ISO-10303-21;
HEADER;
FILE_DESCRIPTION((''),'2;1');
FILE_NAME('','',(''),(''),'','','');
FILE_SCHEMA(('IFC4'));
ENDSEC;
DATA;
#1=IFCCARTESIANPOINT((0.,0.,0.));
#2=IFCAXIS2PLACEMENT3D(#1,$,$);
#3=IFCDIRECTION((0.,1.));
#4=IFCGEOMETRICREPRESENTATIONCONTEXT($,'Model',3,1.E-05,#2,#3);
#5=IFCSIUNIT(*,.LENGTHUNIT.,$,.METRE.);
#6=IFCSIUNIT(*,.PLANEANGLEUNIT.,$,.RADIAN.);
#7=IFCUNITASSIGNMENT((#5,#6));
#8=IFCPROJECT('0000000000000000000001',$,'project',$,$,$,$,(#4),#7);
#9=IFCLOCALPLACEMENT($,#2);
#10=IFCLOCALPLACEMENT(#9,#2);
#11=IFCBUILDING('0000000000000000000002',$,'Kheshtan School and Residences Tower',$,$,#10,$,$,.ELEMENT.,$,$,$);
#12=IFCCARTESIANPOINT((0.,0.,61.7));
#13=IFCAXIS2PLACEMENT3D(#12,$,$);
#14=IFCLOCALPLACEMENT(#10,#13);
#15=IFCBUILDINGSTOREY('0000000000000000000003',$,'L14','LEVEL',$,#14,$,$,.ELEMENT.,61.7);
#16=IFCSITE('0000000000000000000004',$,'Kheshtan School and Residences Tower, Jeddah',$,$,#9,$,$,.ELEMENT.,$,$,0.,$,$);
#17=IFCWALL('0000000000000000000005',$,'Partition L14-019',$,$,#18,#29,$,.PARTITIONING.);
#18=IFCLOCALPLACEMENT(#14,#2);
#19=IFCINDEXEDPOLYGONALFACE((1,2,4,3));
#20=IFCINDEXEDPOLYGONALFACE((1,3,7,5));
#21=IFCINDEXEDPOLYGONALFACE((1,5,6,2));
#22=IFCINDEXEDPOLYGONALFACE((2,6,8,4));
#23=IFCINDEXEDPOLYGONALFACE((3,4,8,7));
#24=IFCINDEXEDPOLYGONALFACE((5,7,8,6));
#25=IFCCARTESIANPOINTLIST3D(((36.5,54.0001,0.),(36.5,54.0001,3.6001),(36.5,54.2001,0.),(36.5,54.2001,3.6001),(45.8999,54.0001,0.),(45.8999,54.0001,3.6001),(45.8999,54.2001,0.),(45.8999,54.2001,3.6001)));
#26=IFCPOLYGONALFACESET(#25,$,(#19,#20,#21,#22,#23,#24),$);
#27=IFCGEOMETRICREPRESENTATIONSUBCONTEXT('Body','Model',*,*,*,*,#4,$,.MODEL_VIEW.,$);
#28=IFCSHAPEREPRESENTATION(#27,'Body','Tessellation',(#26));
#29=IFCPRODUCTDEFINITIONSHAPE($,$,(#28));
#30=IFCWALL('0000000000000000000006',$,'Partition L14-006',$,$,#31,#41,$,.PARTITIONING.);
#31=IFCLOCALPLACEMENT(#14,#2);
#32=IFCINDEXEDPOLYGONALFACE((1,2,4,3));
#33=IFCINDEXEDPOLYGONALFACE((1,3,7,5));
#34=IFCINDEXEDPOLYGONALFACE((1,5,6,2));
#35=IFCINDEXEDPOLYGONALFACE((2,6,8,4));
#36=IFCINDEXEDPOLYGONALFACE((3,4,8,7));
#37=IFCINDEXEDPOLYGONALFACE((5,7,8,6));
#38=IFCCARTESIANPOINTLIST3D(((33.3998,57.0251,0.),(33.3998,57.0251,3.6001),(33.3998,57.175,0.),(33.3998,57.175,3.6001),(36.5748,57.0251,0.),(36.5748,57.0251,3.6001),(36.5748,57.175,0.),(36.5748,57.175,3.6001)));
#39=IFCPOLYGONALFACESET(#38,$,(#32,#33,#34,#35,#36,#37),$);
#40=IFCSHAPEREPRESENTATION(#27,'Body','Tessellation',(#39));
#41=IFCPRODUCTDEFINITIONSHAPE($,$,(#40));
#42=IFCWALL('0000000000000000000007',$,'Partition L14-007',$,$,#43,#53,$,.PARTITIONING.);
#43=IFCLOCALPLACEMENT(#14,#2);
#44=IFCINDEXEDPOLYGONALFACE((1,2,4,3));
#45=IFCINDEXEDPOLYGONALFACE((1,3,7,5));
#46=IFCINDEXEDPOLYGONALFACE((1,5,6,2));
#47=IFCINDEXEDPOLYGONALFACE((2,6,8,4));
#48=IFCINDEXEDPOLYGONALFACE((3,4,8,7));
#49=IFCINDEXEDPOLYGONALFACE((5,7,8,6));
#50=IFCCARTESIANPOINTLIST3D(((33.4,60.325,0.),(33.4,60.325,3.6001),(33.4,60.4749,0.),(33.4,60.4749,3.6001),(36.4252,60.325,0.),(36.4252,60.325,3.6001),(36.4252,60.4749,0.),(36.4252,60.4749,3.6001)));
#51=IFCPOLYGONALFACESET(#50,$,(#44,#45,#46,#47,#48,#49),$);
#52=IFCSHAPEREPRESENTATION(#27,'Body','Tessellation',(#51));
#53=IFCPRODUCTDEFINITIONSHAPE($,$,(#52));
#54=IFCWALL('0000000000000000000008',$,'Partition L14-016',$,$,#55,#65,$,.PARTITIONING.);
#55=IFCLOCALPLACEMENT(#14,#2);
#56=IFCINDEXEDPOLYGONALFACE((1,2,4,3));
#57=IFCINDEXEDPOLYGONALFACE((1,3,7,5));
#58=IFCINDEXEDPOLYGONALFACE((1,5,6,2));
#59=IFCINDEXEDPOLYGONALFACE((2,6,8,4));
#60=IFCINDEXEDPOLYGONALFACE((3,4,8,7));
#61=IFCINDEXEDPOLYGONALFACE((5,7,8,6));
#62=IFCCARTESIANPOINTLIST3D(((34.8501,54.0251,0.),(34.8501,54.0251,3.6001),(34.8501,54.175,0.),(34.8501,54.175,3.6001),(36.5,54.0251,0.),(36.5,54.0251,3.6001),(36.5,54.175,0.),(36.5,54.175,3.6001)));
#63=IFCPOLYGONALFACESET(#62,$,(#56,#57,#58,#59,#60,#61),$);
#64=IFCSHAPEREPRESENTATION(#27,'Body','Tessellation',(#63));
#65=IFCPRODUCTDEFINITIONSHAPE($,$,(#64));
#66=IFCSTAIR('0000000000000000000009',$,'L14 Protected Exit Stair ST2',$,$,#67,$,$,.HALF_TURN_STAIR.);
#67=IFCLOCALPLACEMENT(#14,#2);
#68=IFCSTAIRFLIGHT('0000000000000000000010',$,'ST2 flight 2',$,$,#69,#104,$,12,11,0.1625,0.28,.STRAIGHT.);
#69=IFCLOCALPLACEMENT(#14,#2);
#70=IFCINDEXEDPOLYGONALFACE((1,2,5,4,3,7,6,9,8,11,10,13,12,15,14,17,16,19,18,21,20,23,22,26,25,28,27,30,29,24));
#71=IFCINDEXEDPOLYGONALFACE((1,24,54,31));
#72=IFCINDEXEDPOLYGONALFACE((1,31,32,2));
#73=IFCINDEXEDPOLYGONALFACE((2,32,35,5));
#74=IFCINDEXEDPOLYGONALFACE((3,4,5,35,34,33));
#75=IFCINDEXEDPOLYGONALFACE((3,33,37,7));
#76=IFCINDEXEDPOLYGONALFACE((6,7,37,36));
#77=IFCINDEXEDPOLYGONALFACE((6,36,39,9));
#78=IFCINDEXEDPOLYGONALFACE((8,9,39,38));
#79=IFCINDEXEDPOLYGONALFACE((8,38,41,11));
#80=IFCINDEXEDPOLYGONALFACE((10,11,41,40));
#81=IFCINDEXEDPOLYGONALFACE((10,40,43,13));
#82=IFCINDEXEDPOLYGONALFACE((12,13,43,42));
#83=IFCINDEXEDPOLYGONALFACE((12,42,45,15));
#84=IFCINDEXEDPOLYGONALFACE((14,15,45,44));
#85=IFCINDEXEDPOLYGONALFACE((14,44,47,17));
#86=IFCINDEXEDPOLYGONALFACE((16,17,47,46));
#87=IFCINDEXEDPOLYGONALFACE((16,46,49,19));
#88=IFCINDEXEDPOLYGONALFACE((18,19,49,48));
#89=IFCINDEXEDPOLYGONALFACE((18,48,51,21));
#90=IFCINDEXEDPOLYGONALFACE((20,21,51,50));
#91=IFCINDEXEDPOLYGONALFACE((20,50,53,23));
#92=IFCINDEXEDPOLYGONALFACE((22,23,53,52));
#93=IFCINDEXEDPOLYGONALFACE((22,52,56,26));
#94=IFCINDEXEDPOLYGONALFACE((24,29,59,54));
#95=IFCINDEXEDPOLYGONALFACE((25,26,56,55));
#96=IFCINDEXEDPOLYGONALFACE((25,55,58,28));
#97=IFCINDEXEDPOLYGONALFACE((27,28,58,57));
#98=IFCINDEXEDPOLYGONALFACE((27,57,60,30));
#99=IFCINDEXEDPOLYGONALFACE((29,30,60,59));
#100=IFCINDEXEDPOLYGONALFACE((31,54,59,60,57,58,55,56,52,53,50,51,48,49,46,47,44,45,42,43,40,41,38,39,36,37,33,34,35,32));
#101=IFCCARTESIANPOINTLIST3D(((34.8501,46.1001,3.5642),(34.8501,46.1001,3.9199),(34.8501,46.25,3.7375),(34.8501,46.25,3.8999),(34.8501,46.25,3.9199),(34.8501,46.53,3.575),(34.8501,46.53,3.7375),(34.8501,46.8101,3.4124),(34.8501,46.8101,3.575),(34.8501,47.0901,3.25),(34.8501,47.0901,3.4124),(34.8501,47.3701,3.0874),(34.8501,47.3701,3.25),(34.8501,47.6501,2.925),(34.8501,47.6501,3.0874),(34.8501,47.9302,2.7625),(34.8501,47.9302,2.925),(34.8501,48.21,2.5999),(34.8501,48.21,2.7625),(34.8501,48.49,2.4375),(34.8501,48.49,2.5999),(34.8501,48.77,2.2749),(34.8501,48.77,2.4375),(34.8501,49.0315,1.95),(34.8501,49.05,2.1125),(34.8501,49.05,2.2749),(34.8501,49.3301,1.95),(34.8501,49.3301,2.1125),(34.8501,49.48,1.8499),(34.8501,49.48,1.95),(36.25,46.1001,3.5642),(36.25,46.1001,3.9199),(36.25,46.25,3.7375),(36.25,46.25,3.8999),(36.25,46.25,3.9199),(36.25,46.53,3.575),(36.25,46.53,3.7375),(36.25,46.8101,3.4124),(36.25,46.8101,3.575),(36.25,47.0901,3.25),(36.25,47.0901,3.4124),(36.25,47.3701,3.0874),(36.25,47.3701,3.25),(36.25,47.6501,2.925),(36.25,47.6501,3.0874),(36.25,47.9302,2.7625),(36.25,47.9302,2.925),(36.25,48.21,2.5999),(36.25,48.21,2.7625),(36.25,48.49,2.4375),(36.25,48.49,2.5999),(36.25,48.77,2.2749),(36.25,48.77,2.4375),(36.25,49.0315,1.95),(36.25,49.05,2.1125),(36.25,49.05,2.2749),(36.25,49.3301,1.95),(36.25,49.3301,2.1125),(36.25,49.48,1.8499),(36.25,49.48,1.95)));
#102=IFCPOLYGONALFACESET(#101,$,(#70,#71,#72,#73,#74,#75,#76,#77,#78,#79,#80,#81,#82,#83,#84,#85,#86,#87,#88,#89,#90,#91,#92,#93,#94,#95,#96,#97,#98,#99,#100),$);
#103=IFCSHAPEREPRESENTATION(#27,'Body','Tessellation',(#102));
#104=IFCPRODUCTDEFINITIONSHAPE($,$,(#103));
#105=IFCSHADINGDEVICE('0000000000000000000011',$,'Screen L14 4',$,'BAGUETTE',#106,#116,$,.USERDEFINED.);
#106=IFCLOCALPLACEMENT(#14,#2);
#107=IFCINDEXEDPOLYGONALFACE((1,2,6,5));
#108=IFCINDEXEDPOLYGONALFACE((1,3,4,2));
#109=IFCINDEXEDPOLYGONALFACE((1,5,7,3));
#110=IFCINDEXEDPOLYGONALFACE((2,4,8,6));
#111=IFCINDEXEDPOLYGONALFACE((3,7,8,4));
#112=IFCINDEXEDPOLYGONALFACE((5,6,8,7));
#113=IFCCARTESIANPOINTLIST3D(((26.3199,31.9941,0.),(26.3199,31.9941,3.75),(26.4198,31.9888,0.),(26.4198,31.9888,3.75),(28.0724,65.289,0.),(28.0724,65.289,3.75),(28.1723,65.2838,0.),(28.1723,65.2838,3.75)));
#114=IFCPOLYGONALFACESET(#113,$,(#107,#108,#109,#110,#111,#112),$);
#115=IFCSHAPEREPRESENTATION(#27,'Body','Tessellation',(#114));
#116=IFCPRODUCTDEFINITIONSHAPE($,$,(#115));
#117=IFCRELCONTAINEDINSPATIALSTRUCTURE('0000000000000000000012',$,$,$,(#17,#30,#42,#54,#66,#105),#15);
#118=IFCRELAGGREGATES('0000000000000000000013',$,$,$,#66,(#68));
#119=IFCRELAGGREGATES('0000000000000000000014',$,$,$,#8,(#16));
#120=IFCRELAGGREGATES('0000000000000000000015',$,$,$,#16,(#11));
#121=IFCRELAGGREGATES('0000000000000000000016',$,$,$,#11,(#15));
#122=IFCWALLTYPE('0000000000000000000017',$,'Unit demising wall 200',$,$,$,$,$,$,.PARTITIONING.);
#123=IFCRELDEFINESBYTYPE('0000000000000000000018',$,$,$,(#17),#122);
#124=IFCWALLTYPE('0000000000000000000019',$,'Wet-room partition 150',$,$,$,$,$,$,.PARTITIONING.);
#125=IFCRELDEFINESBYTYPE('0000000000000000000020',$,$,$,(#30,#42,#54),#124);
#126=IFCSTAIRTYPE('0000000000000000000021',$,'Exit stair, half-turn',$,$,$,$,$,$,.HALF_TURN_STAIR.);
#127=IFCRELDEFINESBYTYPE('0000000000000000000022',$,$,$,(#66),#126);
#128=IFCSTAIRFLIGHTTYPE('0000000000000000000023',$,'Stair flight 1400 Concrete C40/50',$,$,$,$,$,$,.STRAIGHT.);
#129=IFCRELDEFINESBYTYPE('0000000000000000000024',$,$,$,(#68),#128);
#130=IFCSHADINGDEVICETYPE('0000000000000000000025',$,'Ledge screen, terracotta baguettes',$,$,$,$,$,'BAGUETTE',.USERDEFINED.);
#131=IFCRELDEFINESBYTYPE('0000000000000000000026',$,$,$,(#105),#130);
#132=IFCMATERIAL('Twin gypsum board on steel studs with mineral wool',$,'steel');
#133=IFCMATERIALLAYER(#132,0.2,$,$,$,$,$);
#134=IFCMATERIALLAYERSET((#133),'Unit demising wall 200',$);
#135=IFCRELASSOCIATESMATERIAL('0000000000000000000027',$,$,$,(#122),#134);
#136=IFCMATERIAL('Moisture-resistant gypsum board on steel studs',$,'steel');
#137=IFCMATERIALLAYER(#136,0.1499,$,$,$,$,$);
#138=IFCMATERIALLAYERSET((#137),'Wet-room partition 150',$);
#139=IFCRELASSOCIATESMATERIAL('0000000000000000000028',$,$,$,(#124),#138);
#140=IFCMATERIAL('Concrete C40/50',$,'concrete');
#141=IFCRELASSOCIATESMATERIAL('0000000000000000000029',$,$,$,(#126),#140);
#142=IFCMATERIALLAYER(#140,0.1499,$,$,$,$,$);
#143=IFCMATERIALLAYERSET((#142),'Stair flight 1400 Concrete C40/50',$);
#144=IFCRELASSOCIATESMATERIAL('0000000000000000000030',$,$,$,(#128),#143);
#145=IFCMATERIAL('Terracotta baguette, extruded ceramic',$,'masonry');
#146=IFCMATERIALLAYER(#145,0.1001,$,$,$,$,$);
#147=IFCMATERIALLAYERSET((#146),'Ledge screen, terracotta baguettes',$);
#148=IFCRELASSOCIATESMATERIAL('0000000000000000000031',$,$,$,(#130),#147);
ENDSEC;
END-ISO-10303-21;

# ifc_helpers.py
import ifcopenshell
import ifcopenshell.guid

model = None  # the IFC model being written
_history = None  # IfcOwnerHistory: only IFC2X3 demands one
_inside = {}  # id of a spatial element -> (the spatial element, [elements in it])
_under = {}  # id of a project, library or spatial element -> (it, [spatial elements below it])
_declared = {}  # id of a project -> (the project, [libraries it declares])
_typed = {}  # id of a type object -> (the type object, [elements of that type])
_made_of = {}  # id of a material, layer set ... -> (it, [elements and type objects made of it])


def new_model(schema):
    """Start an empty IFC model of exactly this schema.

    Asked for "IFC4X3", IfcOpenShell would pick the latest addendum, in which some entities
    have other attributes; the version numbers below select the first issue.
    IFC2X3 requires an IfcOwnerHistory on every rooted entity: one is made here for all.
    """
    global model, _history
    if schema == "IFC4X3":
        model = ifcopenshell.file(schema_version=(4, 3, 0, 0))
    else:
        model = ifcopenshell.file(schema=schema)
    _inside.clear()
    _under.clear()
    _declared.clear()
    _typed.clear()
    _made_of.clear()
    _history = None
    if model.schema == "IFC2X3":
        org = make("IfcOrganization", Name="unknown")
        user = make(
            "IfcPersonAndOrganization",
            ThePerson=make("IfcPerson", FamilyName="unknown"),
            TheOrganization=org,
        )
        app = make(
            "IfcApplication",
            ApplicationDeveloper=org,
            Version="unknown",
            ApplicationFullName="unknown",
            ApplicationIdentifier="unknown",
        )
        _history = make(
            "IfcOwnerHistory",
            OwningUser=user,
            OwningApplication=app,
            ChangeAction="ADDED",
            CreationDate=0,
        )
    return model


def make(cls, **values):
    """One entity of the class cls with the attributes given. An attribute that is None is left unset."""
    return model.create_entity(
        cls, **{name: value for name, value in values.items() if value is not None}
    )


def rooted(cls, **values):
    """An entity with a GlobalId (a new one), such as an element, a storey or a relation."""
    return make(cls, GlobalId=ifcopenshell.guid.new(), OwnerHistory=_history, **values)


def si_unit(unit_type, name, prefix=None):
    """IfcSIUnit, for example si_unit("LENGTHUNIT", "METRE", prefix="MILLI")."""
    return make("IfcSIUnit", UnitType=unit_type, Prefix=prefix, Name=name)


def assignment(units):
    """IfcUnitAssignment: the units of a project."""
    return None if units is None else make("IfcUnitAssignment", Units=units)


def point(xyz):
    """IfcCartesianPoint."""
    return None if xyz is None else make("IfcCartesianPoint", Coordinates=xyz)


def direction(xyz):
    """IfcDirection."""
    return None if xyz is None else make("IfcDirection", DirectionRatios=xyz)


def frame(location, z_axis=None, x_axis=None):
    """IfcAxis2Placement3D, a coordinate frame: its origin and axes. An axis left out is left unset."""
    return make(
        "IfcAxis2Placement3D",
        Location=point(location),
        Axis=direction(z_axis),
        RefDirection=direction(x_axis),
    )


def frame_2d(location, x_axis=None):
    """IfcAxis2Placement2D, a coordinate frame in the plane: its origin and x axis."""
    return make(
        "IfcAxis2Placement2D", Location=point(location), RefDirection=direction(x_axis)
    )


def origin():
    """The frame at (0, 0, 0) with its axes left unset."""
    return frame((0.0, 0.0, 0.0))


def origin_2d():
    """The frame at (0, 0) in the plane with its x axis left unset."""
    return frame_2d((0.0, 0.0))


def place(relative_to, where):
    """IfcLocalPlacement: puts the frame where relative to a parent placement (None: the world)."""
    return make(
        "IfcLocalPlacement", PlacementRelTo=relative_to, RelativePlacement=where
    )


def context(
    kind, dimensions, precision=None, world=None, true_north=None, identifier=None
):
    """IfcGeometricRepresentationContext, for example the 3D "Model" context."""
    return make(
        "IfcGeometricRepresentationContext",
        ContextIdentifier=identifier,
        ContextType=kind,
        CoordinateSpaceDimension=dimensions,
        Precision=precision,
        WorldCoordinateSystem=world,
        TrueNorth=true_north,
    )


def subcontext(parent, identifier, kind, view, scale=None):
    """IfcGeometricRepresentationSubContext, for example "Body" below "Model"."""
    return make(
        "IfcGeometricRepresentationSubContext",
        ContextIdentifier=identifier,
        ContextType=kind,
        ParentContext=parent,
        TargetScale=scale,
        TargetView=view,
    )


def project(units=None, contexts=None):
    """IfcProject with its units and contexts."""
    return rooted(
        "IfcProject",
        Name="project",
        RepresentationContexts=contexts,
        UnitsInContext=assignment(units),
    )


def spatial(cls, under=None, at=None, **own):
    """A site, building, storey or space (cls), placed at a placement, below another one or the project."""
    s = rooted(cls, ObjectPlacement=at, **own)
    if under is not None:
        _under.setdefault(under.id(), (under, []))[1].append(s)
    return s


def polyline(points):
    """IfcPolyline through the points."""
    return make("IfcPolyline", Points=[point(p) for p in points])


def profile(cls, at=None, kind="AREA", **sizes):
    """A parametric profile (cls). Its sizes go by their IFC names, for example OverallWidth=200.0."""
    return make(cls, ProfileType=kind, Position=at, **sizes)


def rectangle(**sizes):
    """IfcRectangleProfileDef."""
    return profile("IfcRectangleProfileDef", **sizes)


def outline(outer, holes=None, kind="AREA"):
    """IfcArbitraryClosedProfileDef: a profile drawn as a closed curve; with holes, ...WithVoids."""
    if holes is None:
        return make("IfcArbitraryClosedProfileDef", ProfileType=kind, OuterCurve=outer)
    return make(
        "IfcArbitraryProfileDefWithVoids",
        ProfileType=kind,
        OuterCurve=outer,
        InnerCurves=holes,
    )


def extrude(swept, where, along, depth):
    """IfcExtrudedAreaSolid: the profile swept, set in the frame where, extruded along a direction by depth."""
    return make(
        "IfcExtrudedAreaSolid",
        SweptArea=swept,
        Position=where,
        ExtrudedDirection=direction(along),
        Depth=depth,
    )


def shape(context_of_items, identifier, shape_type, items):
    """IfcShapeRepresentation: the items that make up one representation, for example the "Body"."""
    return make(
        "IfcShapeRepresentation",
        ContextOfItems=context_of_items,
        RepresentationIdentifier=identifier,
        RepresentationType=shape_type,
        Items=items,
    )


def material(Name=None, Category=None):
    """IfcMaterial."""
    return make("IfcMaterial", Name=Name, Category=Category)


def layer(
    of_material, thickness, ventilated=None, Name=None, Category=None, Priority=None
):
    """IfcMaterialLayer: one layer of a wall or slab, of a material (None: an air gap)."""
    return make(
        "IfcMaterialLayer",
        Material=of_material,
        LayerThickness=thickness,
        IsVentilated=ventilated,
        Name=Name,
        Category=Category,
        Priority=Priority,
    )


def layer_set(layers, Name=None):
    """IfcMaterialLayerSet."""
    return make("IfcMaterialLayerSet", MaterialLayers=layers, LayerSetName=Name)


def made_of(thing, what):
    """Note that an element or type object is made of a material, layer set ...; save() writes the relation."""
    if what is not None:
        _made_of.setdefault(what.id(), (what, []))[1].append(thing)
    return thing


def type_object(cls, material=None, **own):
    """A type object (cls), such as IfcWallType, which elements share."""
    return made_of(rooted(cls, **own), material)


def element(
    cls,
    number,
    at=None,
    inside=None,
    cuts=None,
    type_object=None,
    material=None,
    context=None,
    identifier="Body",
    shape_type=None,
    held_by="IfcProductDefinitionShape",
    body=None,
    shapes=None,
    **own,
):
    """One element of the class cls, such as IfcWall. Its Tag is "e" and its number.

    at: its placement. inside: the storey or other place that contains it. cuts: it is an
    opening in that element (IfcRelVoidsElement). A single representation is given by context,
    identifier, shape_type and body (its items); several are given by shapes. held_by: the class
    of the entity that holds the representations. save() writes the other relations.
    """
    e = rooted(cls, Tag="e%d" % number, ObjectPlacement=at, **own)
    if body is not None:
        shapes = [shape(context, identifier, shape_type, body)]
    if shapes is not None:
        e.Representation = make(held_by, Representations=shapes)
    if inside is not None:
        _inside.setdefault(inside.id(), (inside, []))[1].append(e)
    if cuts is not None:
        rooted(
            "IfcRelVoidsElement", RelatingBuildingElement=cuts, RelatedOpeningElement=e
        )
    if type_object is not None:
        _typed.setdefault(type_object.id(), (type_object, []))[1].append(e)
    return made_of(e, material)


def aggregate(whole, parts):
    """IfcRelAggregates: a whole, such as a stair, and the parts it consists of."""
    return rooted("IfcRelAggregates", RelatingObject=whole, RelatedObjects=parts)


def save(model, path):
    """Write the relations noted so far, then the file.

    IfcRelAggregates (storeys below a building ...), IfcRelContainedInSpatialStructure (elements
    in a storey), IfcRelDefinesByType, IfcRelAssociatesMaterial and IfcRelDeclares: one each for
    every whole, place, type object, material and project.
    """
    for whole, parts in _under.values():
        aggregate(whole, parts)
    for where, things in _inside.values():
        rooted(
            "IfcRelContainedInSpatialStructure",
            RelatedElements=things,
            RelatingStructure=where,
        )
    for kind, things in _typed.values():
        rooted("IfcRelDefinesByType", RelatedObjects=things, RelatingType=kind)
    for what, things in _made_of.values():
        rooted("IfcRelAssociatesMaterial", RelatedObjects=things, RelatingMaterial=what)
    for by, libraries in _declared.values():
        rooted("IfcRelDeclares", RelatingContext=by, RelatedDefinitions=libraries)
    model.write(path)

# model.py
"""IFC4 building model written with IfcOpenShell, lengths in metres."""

from ifc_helpers import new_model, si_unit, direction, frame, frame_2d, origin, origin_2d, place, context, subcontext, project, spatial, polyline, rectangle, outline, extrude, material, layer, layer_set, type_object, element, aggregate, save


model = new_model("IFC4")

# Units and contexts
model_context = context("Model", 3, precision=1e-05, world=origin(), true_north=direction((0.0, 1.0)))
body_context = subcontext(model_context, "Body", "Model", "MODEL_VIEW")
ifc_project = project(units=[si_unit("LENGTHUNIT", "METRE"), si_unit("PLANEANGLEUNIT", "RADIAN")], contexts=[model_context])

# Site, building, storey
site_placement = place(None, origin())
site = spatial("IfcSite", under=ifc_project, at=site_placement, Name="Kheshtan School and Residences Tower, Jeddah", CompositionType="ELEMENT", RefElevation=0.0)
building_placement = place(site_placement, origin())
building = spatial("IfcBuilding", under=site, at=building_placement, Name="Kheshtan School and Residences Tower", CompositionType="ELEMENT")
storey_placement = place(building_placement, frame((0.0, 0.0, 61.7)))
storey = spatial("IfcBuildingStorey", under=building, at=storey_placement, Name="L14", Description="LEVEL", CompositionType="ELEMENT", Elevation=61.7)

# Walls
ifc_material_1 = material(Name="Concrete C40/50", Category="concrete")
ifc_material_2 = material(Name="Twin gypsum board on steel studs with mineral wool", Category="steel")
ifc_layer_1 = layer(ifc_material_2, 0.2)
ifc_layer_set_1 = layer_set([ifc_layer_1], Name="Unit demising wall 200")
wall_type_1 = type_object("IfcWallType", Name="Unit demising wall 200", PredefinedType="PARTITIONING", material=ifc_layer_set_1)
wall_1_placement = place(storey_placement, frame((36.5, 54.1001, 0.0), z_axis=(0.0, 0.0, 1.0), x_axis=(1.0, 0.0, 0.0)))
element("IfcWall", 1, at=wall_1_placement, inside=storey, type_object=wall_type_1, Name="Partition L14-019", PredefinedType="PARTITIONING", context=body_context, shape_type="SweptSolid", body=[
    extrude(rectangle(XDim=9.3999, YDim=0.2, at=frame_2d((4.7, 0.0))), origin(), (0.0, 0.0, 1.0), 3.6001),
])
ifc_material_3 = material(Name="Moisture-resistant gypsum board on steel studs", Category="steel")
ifc_layer_2 = layer(ifc_material_3, 0.1499)
ifc_layer_set_2 = layer_set([ifc_layer_2], Name="Wet-room partition 150")
wall_type_2 = type_object("IfcWallType", Name="Wet-room partition 150", PredefinedType="PARTITIONING", material=ifc_layer_set_2)
wall_2_placement = place(storey_placement, frame((33.3999, 57.1001, 0.0), z_axis=(0.0, 0.0, 1.0), x_axis=(1.0, 0.0, 0.0)))
element("IfcWall", 2, at=wall_2_placement, inside=storey, type_object=wall_type_2, Name="Partition L14-006", PredefinedType="PARTITIONING", context=body_context, shape_type="SweptSolid", body=[
    extrude(rectangle(XDim=3.175, YDim=0.1499, at=frame_2d((1.5874, 0.0))), origin(), (0.0, 0.0, 1.0), 3.6001),
])
wall_3_placement = place(storey_placement, frame((33.3999, 60.3999, 0.0), z_axis=(0.0, 0.0, 1.0), x_axis=(1.0, 0.0, 0.0)))
element("IfcWall", 3, at=wall_3_placement, inside=storey, type_object=wall_type_2, Name="Partition L14-007", PredefinedType="PARTITIONING", context=body_context, shape_type="SweptSolid", body=[
    extrude(rectangle(XDim=3.0251, YDim=0.1499, at=frame_2d((1.5127, 0.0))), origin(), (0.0, 0.0, 1.0), 3.6001),
])
wall_4_placement = place(storey_placement, frame((34.8501, 54.1001, 0.0), z_axis=(0.0, 0.0, 1.0), x_axis=(1.0, 0.0, 0.0)))
element("IfcWall", 4, at=wall_4_placement, inside=storey, type_object=wall_type_2, Name="Partition L14-016", PredefinedType="PARTITIONING", context=body_context, shape_type="SweptSolid", body=[
    extrude(rectangle(XDim=1.6499, YDim=0.1499, at=frame_2d((0.825, 0.0))), origin(), (0.0, 0.0, 1.0), 3.6001),
])

# Stair, stair flight
stair_type = type_object("IfcStairType", Name="Exit stair, half-turn", PredefinedType="HALF_TURN_STAIR", material=ifc_material_1)
stair_placement = place(storey_placement, origin())
stair = element("IfcStair", 5, at=stair_placement, inside=storey, type_object=stair_type, Name="L14 Protected Exit Stair ST2", PredefinedType="HALF_TURN_STAIR")
ifc_layer_3 = layer(ifc_material_1, 0.1499)
ifc_layer_set_3 = layer_set([ifc_layer_3], Name="Stair flight 1400 Concrete C40/50")
stair_flight_type = type_object("IfcStairFlightType", Name="Stair flight 1400 Concrete C40/50", PredefinedType="STRAIGHT", material=ifc_layer_set_3)
stair_flight_placement = place(storey_placement, frame((35.55, 49.3301, 1.95), z_axis=(0.0, 0.0, 1.0), x_axis=(0.0, -1.0, 0.0)))
stair_flight = element("IfcStairFlight", 6, at=stair_flight_placement, type_object=stair_flight_type, Name="ST2 flight 2", NumberOfRisers=12, NumberOfTreads=11, PredefinedType="STRAIGHT", RiserHeight=0.1625, TreadLength=0.28, context=body_context, shape_type="SweptSolid", body=[
    extrude(outline(polyline([(-0.1499, -0.1001), (-0.1499, 0.0), (0.0, 0.0), (0.0, 0.1626), (0.28, 0.1626), (0.28, 0.325), (0.5601, 0.325), (0.5601, 0.4875), (0.8401, 0.4875), (0.8401, 0.6499), (1.1201, 0.6499), (1.1201, 0.8125), (1.3999, 0.8125), (1.3999, 0.9751), (1.6799, 0.9751), (1.6799, 1.1375), (1.96, 1.1375), (1.96, 1.3), (2.24, 1.3), (2.24, 1.4624), (2.52, 1.4624), (2.52, 1.625), (2.8, 1.625), (2.8, 1.7876), (3.0801, 1.7876), (3.0801, 1.95), (3.0801, 1.97), (3.23, 1.97), (3.23, 1.6143), (0.2986, 0.0), (-0.1499, -0.1001)])), frame((0.0, 0.7, 0.0), z_axis=(0.0, -1.0, 0.0), x_axis=(1.0, 0.0, 0.0)), (0.0, 0.0, 1.0), 1.3999),
])
aggregate(stair, [stair_flight])

# Shading device
ifc_material_4 = material(Name="Terracotta baguette, extruded ceramic", Category="masonry")
ifc_layer_4 = layer(ifc_material_4, 0.1001)
ifc_layer_set_4 = layer_set([ifc_layer_4], Name="Ledge screen, terracotta baguettes")
shading_device_type = type_object("IfcShadingDeviceType", Name="Ledge screen, terracotta baguettes", ElementType="BAGUETTE", PredefinedType="USERDEFINED", material=ifc_layer_set_4)
shading_device_placement = place(storey_placement, frame((27.2461, 48.6389, 0.0), z_axis=(0.0, 0.0, 1.0), x_axis=(0.052563, 0.998618, 0.0)))
element("IfcShadingDevice", 7, at=shading_device_placement, inside=storey, type_object=shading_device_type, Name="Screen L14 4", ObjectType="BAGUETTE", PredefinedType="USERDEFINED", context=body_context, shape_type="SweptSolid", body=[
    extrude(rectangle(XDim=33.3411, YDim=0.1001, at=origin_2d()), origin(), (0.0, 0.0, 1.0), 3.75),
])

save(model, "model.ifc")
